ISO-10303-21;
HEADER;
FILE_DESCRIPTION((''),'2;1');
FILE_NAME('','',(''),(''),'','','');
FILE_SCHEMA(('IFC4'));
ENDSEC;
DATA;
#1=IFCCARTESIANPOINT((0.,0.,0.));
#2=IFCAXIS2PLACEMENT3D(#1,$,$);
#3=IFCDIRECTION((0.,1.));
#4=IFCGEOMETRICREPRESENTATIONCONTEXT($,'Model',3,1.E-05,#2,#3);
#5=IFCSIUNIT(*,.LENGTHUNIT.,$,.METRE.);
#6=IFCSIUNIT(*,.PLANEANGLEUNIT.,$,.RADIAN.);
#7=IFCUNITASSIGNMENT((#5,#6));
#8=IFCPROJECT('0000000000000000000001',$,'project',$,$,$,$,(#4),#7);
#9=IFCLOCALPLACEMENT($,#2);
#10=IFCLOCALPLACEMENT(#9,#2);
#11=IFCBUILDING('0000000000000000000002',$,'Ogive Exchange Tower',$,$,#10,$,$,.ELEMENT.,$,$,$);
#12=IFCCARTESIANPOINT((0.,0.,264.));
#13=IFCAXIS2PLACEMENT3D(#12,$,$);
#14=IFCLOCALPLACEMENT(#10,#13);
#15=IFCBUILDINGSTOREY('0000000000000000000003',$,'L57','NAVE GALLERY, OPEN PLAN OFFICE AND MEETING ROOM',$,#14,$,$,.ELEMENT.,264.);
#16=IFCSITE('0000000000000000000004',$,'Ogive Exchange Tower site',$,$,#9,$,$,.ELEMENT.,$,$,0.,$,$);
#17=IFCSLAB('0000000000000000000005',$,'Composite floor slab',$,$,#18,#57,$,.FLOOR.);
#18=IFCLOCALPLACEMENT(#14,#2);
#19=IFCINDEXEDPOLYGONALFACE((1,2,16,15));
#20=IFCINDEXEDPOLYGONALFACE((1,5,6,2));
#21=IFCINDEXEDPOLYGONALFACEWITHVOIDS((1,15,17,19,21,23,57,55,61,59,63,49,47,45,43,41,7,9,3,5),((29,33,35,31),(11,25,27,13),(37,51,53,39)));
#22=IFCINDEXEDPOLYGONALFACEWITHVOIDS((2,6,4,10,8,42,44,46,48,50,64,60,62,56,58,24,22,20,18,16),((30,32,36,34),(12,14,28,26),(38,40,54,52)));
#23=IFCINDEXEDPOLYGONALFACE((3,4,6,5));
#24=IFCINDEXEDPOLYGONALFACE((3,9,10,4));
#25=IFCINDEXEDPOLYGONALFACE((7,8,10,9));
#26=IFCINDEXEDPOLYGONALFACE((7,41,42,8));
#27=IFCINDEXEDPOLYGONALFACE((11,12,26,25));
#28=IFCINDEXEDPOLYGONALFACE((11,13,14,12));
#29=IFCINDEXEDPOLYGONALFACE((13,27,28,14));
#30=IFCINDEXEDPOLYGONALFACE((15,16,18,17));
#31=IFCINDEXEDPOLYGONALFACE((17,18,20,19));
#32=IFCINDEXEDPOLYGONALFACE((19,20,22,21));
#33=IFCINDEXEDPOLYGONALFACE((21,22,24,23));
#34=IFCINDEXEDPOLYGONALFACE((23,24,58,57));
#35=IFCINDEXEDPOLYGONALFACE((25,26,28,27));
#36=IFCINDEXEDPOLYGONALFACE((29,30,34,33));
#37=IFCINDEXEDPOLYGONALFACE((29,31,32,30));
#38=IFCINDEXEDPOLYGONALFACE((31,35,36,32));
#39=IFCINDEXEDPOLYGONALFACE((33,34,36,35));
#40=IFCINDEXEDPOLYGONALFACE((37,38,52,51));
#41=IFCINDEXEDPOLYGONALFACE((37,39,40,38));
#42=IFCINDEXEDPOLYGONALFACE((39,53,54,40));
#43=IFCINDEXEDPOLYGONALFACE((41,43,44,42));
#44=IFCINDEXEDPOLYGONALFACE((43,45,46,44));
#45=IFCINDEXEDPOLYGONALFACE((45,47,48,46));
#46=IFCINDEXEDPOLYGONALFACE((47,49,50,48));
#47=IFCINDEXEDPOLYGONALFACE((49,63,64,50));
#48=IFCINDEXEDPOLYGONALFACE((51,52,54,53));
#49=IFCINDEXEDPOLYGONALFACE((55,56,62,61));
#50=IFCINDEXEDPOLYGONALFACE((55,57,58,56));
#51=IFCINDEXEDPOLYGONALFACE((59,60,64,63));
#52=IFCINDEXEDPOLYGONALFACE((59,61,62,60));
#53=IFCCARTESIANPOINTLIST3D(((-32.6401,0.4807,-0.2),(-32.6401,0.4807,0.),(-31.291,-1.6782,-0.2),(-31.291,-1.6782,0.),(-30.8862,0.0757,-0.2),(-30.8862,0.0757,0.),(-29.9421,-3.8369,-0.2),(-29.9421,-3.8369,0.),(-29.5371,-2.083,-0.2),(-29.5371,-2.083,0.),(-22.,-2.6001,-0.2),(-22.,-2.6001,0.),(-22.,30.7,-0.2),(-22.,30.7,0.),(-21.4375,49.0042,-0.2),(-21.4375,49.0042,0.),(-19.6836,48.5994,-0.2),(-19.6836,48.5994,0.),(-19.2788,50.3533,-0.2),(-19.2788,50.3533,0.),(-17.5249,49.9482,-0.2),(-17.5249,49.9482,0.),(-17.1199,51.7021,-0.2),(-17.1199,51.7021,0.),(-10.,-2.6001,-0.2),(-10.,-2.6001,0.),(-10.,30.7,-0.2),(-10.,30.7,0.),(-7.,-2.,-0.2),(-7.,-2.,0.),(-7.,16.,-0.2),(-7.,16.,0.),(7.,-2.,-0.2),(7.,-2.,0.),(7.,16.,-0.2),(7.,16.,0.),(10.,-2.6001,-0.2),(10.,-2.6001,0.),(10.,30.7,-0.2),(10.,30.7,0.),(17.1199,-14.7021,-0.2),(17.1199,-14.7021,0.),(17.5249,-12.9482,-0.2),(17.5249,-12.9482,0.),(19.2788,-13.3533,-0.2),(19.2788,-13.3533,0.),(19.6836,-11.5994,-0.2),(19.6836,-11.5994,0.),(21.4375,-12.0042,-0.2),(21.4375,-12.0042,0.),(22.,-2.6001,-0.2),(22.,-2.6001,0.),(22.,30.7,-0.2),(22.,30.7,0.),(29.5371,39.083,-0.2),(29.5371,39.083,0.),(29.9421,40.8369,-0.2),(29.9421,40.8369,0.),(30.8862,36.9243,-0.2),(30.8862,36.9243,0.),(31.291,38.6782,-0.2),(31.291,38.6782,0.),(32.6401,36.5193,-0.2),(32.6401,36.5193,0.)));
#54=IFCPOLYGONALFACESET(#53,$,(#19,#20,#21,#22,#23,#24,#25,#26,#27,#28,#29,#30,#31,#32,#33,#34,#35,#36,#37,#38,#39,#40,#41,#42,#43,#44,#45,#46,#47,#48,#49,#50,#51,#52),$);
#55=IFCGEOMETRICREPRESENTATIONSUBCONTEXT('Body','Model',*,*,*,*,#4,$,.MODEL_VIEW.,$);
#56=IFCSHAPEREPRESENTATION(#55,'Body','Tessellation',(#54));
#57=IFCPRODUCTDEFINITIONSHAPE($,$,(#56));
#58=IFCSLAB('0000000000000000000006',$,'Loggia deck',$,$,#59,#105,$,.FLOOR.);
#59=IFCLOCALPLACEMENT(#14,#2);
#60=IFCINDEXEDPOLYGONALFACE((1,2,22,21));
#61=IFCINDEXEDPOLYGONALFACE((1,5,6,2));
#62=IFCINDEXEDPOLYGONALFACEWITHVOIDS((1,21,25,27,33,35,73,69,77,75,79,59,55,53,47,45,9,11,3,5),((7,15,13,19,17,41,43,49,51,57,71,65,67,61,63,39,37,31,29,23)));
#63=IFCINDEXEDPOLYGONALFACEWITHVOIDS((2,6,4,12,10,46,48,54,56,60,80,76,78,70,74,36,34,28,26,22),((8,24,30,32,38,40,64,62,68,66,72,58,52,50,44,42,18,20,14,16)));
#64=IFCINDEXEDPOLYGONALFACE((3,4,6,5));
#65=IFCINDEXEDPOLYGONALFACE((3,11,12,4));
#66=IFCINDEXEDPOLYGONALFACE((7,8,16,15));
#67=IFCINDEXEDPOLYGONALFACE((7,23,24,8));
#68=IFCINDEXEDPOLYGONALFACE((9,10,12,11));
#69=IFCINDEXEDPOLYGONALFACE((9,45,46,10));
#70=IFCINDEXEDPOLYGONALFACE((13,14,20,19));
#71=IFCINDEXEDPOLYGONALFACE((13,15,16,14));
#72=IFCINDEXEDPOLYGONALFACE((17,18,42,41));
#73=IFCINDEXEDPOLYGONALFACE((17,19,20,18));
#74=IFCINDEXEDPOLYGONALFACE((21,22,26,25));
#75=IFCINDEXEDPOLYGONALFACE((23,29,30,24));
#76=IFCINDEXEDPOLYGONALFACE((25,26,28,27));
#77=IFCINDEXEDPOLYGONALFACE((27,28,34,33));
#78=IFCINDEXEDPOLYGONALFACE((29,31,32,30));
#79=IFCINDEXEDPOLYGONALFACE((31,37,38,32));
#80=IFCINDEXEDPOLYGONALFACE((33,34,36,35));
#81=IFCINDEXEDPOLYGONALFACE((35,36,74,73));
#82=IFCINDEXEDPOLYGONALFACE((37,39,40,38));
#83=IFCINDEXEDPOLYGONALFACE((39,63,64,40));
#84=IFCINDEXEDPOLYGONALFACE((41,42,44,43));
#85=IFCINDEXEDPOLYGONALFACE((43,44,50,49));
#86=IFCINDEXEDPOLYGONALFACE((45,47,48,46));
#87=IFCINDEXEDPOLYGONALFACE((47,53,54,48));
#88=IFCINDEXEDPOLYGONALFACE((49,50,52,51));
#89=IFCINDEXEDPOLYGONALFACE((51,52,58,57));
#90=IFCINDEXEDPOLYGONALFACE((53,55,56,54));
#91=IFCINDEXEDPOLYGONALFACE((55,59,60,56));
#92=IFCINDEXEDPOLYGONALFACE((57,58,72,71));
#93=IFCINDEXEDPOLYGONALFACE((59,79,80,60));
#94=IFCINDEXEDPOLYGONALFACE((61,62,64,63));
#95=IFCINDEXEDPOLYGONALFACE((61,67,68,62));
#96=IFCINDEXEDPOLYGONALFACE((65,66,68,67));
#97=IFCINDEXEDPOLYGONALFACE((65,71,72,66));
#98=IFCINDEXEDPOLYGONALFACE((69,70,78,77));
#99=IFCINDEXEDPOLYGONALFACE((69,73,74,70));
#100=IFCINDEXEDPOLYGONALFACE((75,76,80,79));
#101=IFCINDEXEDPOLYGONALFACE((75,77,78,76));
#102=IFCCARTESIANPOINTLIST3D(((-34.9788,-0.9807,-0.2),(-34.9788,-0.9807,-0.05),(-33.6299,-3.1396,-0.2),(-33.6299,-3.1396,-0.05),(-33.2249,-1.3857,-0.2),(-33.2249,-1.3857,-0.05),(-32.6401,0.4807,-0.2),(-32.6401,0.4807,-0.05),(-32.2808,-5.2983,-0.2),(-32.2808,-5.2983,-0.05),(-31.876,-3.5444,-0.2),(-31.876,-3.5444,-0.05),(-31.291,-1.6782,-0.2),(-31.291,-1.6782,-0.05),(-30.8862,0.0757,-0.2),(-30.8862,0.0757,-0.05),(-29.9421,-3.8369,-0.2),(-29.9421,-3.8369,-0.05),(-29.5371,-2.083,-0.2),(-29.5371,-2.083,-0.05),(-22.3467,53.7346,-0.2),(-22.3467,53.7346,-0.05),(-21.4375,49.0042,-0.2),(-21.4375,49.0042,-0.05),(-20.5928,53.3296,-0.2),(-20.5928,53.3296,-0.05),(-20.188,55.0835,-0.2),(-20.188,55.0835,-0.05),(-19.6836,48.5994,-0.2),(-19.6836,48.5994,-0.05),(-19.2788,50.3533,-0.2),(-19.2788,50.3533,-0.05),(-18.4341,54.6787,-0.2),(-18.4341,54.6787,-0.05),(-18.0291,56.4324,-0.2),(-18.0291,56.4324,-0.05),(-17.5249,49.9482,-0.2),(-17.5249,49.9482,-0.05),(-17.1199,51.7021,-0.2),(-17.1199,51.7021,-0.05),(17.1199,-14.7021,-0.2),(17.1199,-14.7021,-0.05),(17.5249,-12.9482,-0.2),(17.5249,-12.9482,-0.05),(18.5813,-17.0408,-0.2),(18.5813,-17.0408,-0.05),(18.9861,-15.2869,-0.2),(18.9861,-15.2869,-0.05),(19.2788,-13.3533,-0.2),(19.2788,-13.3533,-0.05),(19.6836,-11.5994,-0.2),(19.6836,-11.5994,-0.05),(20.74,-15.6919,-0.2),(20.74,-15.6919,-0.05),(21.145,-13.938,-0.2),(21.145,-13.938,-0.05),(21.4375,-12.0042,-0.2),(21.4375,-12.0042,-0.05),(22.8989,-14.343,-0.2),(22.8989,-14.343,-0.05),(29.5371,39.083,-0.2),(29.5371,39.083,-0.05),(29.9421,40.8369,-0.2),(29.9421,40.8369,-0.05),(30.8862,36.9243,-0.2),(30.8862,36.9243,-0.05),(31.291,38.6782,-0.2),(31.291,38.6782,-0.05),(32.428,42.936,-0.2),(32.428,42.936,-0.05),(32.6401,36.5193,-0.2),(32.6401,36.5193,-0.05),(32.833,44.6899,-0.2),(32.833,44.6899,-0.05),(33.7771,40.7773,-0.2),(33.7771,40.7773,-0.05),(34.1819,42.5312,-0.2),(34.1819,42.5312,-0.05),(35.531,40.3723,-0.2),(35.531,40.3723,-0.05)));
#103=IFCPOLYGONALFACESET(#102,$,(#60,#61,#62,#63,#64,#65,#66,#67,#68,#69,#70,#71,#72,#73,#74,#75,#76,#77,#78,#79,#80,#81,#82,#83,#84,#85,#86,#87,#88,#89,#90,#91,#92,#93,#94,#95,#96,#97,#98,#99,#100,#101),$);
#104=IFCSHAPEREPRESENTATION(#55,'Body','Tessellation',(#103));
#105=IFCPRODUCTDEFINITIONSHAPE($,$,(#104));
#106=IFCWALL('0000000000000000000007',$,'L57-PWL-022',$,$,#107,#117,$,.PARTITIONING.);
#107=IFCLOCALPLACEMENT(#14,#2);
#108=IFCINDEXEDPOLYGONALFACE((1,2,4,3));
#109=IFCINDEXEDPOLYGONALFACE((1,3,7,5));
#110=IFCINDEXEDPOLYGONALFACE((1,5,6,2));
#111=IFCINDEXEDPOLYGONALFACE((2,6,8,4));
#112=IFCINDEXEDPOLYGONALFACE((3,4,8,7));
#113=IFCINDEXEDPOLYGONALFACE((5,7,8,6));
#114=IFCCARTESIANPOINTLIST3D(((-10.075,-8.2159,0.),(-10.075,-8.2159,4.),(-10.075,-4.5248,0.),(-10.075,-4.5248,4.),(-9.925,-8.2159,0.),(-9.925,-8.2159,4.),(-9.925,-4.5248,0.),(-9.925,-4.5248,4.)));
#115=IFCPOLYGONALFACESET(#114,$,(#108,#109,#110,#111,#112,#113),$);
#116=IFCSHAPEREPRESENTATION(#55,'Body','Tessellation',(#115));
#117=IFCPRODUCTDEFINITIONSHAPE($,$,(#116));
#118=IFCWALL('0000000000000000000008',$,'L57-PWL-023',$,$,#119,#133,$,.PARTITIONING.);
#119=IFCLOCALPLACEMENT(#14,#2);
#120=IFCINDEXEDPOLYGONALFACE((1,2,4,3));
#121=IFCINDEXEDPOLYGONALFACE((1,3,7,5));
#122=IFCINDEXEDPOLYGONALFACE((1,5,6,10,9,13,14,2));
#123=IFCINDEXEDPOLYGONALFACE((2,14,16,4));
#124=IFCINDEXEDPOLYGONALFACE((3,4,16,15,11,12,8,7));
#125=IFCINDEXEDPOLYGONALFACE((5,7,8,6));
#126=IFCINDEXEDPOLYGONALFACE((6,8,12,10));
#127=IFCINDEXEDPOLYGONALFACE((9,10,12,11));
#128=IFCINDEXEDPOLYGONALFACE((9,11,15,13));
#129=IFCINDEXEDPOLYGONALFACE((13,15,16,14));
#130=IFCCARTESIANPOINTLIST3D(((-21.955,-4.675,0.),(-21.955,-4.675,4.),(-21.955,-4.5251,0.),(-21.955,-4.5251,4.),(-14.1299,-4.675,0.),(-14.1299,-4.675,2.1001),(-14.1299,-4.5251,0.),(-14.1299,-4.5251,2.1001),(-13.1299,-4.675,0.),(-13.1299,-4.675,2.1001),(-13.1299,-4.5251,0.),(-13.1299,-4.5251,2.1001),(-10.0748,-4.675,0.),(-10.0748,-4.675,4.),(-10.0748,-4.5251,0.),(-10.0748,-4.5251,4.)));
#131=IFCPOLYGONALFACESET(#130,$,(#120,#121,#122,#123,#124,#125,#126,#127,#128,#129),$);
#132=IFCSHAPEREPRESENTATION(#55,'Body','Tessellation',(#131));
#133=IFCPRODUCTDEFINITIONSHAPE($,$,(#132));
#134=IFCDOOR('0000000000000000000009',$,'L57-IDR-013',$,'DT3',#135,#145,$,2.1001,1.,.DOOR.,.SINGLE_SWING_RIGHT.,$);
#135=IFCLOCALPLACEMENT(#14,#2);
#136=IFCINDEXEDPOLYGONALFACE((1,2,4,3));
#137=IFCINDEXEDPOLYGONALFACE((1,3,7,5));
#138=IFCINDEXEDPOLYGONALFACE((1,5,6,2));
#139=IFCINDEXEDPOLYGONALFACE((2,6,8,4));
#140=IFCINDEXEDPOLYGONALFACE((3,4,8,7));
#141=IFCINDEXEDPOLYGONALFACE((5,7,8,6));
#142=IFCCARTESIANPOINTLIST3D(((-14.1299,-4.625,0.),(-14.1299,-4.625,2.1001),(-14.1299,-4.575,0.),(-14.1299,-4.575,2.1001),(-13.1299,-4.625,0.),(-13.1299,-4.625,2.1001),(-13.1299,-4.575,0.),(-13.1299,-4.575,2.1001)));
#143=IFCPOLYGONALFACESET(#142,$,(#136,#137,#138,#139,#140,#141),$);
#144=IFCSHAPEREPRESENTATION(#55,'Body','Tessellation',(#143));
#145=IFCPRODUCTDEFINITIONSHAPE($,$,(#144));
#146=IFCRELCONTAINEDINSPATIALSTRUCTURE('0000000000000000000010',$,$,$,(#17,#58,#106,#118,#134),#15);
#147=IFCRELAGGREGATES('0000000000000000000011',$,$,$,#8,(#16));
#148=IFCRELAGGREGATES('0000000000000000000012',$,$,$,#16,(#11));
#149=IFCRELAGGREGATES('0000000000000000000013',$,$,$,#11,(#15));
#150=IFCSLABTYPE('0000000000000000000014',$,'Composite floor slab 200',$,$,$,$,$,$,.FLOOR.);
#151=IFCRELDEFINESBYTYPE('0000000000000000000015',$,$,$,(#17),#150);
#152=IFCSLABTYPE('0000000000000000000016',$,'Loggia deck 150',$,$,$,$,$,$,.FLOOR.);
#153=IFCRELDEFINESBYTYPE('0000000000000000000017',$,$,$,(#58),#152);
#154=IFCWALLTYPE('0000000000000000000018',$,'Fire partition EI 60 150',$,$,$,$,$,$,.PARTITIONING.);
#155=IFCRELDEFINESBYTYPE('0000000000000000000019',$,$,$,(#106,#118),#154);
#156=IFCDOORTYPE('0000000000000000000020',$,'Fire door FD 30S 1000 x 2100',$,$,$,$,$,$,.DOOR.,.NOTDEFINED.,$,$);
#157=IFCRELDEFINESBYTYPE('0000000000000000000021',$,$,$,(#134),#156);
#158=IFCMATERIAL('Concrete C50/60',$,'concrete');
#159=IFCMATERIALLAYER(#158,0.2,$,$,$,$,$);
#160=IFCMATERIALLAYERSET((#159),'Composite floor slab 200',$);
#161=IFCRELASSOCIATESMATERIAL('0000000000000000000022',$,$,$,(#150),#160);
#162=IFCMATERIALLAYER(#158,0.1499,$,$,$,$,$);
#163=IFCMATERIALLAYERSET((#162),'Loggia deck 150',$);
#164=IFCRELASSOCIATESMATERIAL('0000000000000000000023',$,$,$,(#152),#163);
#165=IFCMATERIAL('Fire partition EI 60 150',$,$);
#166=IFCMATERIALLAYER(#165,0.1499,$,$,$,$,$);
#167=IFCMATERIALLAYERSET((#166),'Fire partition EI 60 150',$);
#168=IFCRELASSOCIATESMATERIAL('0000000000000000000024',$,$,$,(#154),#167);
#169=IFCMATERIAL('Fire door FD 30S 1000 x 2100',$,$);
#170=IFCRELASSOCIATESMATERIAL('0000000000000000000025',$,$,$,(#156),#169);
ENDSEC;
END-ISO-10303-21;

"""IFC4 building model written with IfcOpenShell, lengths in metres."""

from ifc_helpers import new_model, si_unit, direction, frame, frame_2d, origin, place, context, subcontext, project, spatial, polyline, rectangle, outline, extrude, material, layer, layer_set, type_object, element, fill, save


model = new_model("IFC4")

# Units and contexts
model_context = context("Model", 3, precision=1e-05, world=origin(), true_north=direction((0.0, 1.0)))
body_context = subcontext(model_context, "Body", "Model", "MODEL_VIEW")
ifc_project = project(units=[si_unit("LENGTHUNIT", "METRE"), si_unit("PLANEANGLEUNIT", "RADIAN")], contexts=[model_context])

# Site, building, storey
site_placement = place(None, origin())
site = spatial("IfcSite", under=ifc_project, at=site_placement, Name="Ogive Exchange Tower site", CompositionType="ELEMENT", RefElevation=0.0)
building_placement = place(site_placement, origin())
building = spatial("IfcBuilding", under=site, at=building_placement, Name="Ogive Exchange Tower", CompositionType="ELEMENT")
storey_placement = place(building_placement, frame((0.0, 0.0, 264.0)))
storey = spatial("IfcBuildingStorey", under=building, at=storey_placement, Name="L57", Description="NAVE GALLERY, OPEN PLAN OFFICE AND MEETING ROOM", CompositionType="ELEMENT", Elevation=264.0)

# Slabs
ifc_material_1 = material(Name="Concrete C50/60", Category="concrete")
ifc_layer_1 = layer(ifc_material_1, 0.2)
ifc_layer_set_1 = layer_set([ifc_layer_1], Name="Composite floor slab 200")
slab_type_1 = type_object("IfcSlabType", Name="Composite floor slab 200", PredefinedType="FLOOR", material=ifc_layer_set_1)
slab_1_placement = place(storey_placement, frame((0.0, 0.0, -0.2)))
element("IfcSlab", 1, at=slab_1_placement, inside=storey, type_object=slab_type_1, Name="Composite floor slab", PredefinedType="FLOOR", context=body_context, shape_type="SweptSolid", body=[
    extrude(outline(polyline([(-29.5371, -2.083), (-31.291, -1.6782), (-30.8862, 0.0757), (-32.6401, 0.4807), (-21.4375, 49.0042), (-19.6836, 48.5994), (-19.2788, 50.3533), (-17.5249, 49.9482), (-17.1199, 51.7021), (29.9421, 40.8369), (29.5371, 39.083), (31.291, 38.6782), (30.8862, 36.9243), (32.6401, 36.5193), (21.4375, -12.0042), (19.6836, -11.5994), (19.2788, -13.3533), (17.5249, -12.9482), (17.1199, -14.7021), (-29.9421, -3.8369), (-29.5371, -2.083)]), holes=[polyline([(7.0, -2.0), (7.0, 16.0), (-7.0, 16.0), (-7.0, -2.0), (7.0, -2.0)]), polyline([(-22.0, -2.6001), (-10.0, -2.6001), (-10.0, 30.7), (-22.0, 30.7), (-22.0, -2.6001)]), polyline([(10.0, -2.6001), (22.0, -2.6001), (22.0, 30.7), (10.0, 30.7), (10.0, -2.6001)])]), origin(), (0.0, 0.0, 1.0), 0.2),
])
ifc_layer_2 = layer(ifc_material_1, 0.1499)
ifc_layer_set_2 = layer_set([ifc_layer_2], Name="Loggia deck 150")
slab_type_2 = type_object("IfcSlabType", Name="Loggia deck 150", PredefinedType="FLOOR", material=ifc_layer_set_2)
slab_2_placement = place(storey_placement, frame((0.0, 0.0, -0.2)))
element("IfcSlab", 2, at=slab_2_placement, inside=storey, type_object=slab_type_2, Name="Loggia deck", PredefinedType="FLOOR", context=body_context, shape_type="SweptSolid", body=[
    extrude(outline(polyline([(-31.876, -3.5444), (-33.6299, -3.1396), (-33.2249, -1.3857), (-34.9788, -0.9807), (-22.3467, 53.7346), (-20.5928, 53.3296), (-20.188, 55.0835), (-18.4341, 54.6787), (-18.0291, 56.4324), (32.833, 44.6899), (32.428, 42.936), (34.1819, 42.5312), (33.7771, 40.7773), (35.531, 40.3723), (22.8989, -14.343), (21.145, -13.938), (20.74, -15.6919), (18.9861, -15.2869), (18.5813, -17.0408), (-32.2808, -5.2983), (-31.876, -3.5444)]), holes=[polyline([(17.5249, -12.9482), (19.2788, -13.3533), (19.6836, -11.5994), (21.4375, -12.0042), (32.6401, 36.5193), (30.8862, 36.9243), (31.291, 38.6782), (29.5371, 39.083), (29.9421, 40.8369), (-17.1199, 51.7021), (-17.5249, 49.9482), (-19.2788, 50.3533), (-19.6836, 48.5994), (-21.4375, 49.0042), (-32.6401, 0.4807), (-30.8862, 0.0757), (-31.291, -1.6782), (-29.5371, -2.083), (-29.9421, -3.8369), (17.1199, -14.7021), (17.5249, -12.9482)])]), origin(), (0.0, 0.0, 1.0), 0.1499),
])

# Wall
ifc_material_2 = material(Name="Fire partition EI 60 150")
ifc_layer_3 = layer(ifc_material_2, 0.1499)
ifc_layer_set_3 = layer_set([ifc_layer_3], Name="Fire partition EI 60 150")
wall_type_1 = type_object("IfcWallType", Name="Fire partition EI 60 150", PredefinedType="PARTITIONING", material=ifc_layer_set_3)
wall_1_placement = place(storey_placement, frame((-10.0, -8.2161, 0.0), z_axis=(0.0, 0.0, 1.0), x_axis=(0.0, 1.0, 0.0)))
element("IfcWall", 3, at=wall_1_placement, inside=storey, type_object=wall_type_1, Name="L57-PWL-022", PredefinedType="PARTITIONING", context=body_context, shape_type="SweptSolid", body=[
    extrude(rectangle(XDim=3.6912, YDim=0.1499, at=frame_2d((1.8457, 0.0))), origin(), (0.0, 0.0, 1.0), 4.0),
])

# Wall, opening, door
wall_2_placement = place(storey_placement, frame((-10.075, -4.6001, 0.0), z_axis=(0.0, 0.0, 1.0), x_axis=(-1.0, 0.0, 0.0)))
wall_2 = element("IfcWall", 4, at=wall_2_placement, inside=storey, type_object=wall_type_1, Name="L57-PWL-023", PredefinedType="PARTITIONING", context=body_context, shape_type="SweptSolid", body=[
    extrude(rectangle(XDim=11.8801, YDim=0.1499, at=frame_2d((5.9399, 0.0))), origin(), (0.0, 0.0, 1.0), 4.0),
])
opening_1_placement = place(wall_2_placement, frame((3.0549, 0.0, 0.0)))
opening_1 = element("IfcOpeningElement", 5, at=opening_1_placement, cuts=wall_2, PredefinedType="OPENING", context=body_context, shape_type="SweptSolid", body=[
    extrude(rectangle(XDim=1.0, YDim=2.1001, at=frame_2d((0.5, 1.05))), frame((0.0, 0.085, 0.0), z_axis=(0.0, -1.0, 0.0), x_axis=(1.0, 0.0, 0.0)), (0.0, 0.0, 1.0), 0.1699),
])
ifc_material_3 = material(Name="Fire door FD 30S 1000 x 2100")
door_type_1 = type_object("IfcDoorType", Name="Fire door FD 30S 1000 x 2100", OperationType="NOTDEFINED", PredefinedType="DOOR", material=ifc_material_3)
door_1_placement = place(opening_1_placement, origin())
door_1 = element("IfcDoor", 6, at=door_1_placement, inside=storey, type_object=door_type_1, Name="L57-IDR-013", ObjectType="DT3", OperationType="SINGLE_SWING_RIGHT", OverallHeight=2.1001, OverallWidth=1.0, PredefinedType="DOOR", context=body_context, shape_type="SweptSolid", body=[
    extrude(rectangle(XDim=1.0, YDim=2.1001, at=frame_2d((0.5, 1.05))), frame((0.0, 0.0249, 0.0), z_axis=(0.0, -1.0, 0.0), x_axis=(1.0, 0.0, 0.0)), (0.0, 0.0, 1.0), 0.05),
])
fill(opening_1, door_1)

save(model, "model.ifc")
